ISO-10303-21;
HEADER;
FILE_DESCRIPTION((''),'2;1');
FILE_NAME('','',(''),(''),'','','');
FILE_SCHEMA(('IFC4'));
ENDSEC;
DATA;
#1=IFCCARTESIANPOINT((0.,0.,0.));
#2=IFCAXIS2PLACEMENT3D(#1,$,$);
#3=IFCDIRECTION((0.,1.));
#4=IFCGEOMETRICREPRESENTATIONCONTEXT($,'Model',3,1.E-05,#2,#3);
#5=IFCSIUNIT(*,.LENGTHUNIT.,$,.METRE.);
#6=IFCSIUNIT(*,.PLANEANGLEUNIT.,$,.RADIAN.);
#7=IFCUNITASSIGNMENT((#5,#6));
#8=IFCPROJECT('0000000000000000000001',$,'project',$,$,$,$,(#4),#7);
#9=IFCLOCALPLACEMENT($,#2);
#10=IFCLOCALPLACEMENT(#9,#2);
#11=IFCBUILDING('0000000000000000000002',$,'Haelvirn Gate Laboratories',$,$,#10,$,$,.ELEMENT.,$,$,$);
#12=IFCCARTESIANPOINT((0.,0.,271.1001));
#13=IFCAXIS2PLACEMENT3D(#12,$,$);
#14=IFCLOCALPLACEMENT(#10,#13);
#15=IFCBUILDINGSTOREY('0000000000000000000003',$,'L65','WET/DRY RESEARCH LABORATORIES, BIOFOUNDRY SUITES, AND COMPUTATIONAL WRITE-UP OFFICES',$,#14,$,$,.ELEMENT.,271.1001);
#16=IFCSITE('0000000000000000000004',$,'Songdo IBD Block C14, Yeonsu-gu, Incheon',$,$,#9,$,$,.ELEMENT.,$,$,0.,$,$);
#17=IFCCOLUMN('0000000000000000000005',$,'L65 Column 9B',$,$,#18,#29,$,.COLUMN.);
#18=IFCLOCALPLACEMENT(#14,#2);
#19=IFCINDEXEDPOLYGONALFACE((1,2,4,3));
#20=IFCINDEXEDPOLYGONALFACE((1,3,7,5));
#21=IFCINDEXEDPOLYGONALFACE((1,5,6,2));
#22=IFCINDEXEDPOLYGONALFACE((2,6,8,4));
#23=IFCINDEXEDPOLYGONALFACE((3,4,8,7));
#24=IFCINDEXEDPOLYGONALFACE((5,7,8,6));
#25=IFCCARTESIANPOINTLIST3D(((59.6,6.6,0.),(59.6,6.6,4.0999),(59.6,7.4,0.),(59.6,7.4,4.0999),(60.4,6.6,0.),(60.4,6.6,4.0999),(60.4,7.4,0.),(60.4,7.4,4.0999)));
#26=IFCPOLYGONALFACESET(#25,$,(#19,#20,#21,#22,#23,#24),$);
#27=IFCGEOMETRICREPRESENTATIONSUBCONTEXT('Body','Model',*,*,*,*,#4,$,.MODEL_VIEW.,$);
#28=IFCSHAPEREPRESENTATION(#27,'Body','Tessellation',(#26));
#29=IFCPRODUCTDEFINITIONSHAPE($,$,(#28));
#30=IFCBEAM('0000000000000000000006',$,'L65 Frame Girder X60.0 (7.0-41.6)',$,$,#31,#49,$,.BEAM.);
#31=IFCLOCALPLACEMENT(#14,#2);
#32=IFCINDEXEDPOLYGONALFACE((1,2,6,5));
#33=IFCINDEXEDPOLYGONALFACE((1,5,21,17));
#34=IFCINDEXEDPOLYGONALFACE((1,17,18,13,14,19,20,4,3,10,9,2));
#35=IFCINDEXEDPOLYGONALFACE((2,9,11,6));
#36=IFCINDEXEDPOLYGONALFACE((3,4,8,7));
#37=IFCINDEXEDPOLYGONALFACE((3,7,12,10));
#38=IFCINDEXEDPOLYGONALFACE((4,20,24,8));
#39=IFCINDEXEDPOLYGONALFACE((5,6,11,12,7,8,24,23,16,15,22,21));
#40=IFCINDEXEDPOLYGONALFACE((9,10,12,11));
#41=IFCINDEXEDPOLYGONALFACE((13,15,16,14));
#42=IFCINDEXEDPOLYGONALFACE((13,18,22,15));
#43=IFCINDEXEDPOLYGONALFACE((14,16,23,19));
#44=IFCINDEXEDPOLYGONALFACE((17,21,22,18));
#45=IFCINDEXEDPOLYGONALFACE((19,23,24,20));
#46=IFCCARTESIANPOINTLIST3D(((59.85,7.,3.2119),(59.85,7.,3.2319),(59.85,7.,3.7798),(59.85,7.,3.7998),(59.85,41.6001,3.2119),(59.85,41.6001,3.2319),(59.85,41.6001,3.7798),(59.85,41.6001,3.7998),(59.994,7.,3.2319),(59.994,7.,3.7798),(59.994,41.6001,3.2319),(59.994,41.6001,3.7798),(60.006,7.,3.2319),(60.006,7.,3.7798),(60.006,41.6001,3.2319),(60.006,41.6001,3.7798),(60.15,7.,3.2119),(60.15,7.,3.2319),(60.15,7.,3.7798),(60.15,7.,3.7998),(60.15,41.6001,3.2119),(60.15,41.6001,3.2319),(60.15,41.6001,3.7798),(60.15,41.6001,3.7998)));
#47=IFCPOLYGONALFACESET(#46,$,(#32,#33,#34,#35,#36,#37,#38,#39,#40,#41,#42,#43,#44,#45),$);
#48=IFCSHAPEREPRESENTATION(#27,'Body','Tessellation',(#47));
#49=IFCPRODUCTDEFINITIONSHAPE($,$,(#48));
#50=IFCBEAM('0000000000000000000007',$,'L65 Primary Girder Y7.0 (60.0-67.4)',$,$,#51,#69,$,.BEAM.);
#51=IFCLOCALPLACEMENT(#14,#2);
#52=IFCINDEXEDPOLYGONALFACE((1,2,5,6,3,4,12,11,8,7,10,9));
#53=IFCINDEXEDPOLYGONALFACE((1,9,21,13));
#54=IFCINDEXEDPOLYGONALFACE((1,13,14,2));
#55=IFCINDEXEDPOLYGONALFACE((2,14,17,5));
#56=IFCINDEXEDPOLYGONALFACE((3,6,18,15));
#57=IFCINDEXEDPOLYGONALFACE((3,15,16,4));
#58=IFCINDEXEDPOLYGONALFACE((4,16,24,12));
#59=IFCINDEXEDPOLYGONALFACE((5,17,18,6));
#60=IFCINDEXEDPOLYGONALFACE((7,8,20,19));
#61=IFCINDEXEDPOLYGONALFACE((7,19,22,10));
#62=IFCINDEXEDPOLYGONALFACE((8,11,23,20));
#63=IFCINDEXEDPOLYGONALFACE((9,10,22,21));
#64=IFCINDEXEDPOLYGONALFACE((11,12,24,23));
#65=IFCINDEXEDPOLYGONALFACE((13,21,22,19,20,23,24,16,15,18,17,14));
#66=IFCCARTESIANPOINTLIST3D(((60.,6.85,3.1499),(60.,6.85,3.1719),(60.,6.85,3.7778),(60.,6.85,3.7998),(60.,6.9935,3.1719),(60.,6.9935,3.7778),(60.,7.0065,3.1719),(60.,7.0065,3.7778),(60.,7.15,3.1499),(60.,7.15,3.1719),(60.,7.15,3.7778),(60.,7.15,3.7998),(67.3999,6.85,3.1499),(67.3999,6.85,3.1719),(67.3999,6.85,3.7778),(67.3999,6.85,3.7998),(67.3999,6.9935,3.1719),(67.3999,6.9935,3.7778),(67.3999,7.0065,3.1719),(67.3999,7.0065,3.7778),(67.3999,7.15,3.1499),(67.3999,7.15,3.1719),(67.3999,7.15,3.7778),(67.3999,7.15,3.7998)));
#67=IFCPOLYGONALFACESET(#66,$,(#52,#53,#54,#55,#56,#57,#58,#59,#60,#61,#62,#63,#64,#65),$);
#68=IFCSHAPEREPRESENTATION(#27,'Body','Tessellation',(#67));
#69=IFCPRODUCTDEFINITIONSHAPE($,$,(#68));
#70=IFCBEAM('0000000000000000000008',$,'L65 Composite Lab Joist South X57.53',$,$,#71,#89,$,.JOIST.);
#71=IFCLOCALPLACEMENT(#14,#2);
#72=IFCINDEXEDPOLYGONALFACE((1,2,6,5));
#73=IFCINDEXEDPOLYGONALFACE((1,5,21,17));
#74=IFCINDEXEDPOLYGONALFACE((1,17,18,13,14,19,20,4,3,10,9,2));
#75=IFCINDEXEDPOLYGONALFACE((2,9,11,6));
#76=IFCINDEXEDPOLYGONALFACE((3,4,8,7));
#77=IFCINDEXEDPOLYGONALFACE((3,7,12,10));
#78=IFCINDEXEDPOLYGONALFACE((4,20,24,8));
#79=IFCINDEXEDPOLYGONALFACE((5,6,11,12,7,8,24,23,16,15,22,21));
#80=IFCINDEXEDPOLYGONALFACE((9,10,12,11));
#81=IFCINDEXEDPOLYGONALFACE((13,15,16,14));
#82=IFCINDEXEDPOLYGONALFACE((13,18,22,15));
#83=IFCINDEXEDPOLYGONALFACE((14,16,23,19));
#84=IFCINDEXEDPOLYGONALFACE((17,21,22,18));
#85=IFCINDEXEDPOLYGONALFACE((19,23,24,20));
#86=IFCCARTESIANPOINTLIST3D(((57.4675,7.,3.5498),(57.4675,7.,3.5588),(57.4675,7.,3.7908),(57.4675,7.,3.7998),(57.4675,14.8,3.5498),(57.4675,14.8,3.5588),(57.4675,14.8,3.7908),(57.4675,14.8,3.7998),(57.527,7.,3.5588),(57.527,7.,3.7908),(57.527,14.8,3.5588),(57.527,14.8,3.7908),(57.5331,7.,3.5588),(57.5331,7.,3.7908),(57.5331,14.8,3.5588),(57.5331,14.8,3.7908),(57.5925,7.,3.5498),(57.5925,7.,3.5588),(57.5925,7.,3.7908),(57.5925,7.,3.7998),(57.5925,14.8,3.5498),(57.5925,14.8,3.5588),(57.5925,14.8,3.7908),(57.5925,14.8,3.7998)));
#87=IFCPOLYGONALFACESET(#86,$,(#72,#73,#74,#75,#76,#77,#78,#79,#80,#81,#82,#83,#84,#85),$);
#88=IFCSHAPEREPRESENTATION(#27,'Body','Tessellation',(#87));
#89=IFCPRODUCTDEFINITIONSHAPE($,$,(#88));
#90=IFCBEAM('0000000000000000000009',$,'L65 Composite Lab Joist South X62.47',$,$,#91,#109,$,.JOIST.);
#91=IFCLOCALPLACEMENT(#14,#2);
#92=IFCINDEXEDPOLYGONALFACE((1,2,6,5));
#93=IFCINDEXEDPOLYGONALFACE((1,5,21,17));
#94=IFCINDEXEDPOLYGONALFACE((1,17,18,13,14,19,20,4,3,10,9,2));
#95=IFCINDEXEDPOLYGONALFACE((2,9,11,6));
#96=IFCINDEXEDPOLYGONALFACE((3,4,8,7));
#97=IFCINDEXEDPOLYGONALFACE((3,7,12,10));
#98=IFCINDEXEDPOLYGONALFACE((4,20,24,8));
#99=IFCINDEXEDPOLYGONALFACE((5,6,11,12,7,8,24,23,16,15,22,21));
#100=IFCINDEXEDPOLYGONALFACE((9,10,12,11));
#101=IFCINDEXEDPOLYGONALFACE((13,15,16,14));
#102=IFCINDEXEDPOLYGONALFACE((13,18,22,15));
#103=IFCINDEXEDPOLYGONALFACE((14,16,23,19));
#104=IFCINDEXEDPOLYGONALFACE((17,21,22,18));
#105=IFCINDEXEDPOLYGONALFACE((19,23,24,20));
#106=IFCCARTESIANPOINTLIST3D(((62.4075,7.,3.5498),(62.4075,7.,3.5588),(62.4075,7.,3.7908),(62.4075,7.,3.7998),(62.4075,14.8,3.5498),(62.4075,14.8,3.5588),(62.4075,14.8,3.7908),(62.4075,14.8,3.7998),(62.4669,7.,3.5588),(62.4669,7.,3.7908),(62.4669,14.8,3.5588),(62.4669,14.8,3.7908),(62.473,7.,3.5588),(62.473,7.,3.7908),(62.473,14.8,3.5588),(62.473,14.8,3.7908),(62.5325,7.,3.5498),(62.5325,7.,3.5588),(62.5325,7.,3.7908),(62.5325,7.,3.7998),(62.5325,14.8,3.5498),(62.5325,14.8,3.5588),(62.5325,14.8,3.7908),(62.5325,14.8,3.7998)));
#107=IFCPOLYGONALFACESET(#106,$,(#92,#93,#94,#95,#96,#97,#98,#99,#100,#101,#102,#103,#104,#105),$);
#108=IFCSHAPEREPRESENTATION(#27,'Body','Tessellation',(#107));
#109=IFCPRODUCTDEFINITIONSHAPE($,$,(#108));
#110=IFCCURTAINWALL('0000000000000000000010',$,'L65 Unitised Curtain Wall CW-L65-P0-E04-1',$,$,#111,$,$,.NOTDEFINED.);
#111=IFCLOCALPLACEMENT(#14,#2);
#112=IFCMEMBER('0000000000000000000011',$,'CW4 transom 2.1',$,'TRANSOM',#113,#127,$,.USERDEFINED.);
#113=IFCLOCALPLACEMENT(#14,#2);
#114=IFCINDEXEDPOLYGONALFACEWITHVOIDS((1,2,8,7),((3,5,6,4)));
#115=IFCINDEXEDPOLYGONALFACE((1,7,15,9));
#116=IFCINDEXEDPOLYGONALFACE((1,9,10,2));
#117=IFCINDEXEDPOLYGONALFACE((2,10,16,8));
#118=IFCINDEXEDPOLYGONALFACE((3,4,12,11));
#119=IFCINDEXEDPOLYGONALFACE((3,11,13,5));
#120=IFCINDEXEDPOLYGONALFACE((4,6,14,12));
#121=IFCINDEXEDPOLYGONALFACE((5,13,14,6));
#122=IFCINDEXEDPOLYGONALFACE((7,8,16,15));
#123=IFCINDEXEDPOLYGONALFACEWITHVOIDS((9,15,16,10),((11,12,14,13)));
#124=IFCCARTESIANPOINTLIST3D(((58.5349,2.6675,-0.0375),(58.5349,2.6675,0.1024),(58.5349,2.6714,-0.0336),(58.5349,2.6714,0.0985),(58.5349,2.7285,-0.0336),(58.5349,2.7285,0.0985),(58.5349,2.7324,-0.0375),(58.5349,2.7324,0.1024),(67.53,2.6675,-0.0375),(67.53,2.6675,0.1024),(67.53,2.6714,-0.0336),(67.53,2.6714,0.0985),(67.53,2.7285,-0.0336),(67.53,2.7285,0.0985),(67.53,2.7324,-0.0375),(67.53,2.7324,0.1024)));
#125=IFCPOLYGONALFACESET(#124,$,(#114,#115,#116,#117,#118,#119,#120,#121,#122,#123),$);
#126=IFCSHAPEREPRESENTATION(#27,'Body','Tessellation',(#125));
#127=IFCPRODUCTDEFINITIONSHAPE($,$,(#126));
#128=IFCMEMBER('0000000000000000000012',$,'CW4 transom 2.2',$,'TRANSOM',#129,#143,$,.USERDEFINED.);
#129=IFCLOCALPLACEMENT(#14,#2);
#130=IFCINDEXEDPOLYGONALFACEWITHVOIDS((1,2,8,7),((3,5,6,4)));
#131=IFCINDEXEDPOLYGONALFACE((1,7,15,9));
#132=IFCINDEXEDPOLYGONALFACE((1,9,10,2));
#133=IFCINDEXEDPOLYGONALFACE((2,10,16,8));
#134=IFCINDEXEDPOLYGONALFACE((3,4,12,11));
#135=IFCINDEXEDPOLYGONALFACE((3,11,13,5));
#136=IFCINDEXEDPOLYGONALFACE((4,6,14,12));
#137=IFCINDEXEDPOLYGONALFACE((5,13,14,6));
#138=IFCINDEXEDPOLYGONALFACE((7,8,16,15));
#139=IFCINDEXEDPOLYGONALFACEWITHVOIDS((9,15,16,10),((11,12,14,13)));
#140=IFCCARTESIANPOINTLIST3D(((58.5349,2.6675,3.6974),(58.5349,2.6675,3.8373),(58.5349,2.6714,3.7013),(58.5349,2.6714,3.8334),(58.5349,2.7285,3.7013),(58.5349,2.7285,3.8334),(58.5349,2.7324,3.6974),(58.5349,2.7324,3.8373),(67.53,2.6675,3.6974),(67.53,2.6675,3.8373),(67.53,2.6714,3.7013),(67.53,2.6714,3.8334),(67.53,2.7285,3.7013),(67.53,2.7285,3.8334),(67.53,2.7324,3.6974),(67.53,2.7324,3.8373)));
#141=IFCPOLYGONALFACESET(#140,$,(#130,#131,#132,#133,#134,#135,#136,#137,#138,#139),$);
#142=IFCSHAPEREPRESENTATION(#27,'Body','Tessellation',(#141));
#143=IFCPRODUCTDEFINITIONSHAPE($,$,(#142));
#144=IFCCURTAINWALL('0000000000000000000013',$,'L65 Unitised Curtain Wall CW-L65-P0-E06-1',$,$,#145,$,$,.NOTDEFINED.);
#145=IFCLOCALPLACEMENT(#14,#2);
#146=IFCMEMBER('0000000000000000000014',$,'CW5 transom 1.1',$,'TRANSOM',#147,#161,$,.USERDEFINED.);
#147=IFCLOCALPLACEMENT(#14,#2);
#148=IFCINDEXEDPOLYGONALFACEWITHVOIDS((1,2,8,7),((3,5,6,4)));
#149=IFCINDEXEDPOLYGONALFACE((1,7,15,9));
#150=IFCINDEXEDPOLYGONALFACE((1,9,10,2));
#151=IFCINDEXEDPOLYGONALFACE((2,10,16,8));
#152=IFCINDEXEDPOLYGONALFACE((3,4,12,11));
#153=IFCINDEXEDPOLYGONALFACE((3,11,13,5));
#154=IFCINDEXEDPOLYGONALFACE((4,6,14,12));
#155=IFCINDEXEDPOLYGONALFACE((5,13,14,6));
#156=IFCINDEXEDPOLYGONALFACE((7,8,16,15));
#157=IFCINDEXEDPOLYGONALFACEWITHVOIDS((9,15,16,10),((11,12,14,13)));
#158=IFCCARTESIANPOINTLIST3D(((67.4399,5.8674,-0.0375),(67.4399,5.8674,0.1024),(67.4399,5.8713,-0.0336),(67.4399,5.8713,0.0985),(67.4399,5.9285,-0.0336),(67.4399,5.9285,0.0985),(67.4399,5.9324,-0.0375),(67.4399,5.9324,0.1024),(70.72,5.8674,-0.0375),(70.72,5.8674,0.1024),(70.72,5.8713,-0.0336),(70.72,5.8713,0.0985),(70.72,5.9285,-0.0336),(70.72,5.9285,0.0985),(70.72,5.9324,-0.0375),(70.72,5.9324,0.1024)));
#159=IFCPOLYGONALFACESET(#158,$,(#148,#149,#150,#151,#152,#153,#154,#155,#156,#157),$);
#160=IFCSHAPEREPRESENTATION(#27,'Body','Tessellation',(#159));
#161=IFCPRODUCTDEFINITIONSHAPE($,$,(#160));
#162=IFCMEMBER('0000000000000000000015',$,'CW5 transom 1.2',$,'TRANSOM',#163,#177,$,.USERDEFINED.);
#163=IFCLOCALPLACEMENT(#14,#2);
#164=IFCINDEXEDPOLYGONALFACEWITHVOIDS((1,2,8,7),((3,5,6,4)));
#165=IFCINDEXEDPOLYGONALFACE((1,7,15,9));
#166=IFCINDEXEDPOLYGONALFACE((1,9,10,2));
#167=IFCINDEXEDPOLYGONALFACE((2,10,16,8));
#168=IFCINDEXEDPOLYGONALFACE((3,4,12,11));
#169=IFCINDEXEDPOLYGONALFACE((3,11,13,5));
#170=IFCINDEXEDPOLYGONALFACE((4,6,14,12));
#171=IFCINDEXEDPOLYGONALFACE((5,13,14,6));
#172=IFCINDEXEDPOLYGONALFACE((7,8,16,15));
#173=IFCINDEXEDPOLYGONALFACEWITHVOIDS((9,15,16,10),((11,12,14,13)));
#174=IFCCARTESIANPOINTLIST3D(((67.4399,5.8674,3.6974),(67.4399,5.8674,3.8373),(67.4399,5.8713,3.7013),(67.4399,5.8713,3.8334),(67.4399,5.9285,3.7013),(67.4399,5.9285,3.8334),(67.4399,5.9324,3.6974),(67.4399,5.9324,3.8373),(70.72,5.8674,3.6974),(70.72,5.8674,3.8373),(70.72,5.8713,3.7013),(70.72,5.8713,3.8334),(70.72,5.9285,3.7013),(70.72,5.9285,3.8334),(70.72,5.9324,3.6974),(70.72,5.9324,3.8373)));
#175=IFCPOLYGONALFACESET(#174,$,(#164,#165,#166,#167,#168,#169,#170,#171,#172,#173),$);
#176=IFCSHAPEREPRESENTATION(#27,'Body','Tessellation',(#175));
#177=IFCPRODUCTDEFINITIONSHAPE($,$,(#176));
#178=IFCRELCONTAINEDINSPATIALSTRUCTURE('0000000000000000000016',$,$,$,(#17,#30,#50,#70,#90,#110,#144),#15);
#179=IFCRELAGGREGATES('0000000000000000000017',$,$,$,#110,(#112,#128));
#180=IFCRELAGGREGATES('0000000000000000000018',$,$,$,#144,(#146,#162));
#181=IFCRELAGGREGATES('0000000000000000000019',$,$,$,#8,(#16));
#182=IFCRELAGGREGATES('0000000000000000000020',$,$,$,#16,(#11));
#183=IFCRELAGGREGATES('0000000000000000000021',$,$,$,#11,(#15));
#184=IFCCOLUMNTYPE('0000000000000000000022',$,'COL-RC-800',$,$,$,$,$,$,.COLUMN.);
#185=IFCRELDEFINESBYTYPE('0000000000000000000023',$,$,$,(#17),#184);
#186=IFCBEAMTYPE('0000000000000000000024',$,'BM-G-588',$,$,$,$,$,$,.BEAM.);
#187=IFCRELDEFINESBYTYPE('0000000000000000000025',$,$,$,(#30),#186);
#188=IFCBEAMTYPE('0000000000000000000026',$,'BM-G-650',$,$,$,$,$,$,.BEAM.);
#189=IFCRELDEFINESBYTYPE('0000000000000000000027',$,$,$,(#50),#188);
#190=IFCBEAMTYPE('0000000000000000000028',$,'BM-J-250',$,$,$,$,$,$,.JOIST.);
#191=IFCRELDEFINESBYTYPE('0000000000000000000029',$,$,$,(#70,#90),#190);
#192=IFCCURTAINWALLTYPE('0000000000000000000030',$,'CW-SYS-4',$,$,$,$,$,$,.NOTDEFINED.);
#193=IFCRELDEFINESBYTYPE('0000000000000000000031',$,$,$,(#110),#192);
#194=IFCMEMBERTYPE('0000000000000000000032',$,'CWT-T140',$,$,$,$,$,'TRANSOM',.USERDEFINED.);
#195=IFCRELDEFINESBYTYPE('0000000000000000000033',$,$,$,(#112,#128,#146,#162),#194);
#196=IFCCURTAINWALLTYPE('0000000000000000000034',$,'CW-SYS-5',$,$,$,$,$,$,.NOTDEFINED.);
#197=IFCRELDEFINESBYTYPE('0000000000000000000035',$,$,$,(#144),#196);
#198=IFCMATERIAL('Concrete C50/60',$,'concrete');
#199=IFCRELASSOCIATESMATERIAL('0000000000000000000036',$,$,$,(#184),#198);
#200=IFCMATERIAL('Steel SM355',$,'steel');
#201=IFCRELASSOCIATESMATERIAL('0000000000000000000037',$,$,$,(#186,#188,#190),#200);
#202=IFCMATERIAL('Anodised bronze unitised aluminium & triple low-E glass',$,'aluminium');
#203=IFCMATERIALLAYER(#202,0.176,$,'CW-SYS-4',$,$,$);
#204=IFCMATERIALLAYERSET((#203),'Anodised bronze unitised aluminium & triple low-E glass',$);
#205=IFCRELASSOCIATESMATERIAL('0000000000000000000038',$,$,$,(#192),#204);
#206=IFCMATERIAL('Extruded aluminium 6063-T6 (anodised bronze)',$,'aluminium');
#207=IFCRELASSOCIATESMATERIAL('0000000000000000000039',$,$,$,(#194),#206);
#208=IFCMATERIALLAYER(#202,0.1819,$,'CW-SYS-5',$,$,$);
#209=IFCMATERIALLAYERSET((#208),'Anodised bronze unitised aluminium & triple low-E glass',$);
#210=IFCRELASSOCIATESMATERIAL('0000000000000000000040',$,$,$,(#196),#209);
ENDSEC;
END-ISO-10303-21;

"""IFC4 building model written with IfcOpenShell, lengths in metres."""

from ifc_helpers import new_model, si_unit, direction, frame, origin, origin_2d, place, context, subcontext, project, spatial, rectangle, hollow_rectangle, i_section, extrude, source, transform, mapped, material, layer, layer_set, material_profile, profile_set, type_object, type_shapes, element, aggregate, save


model = new_model("IFC4")

# Units and contexts
model_context = context("Model", 3, precision=1e-05, world=origin(), true_north=direction((0.0, 1.0)))
body_context = subcontext(model_context, "Body", "Model", "MODEL_VIEW")
ifc_project = project(units=[si_unit("LENGTHUNIT", "METRE"), si_unit("PLANEANGLEUNIT", "RADIAN")], contexts=[model_context])

# Site, building, storey
site_placement = place(None, origin())
site = spatial("IfcSite", under=ifc_project, at=site_placement, Name="Songdo IBD Block C14, Yeonsu-gu, Incheon", CompositionType="ELEMENT", RefElevation=0.0)
building_placement = place(site_placement, origin())
building = spatial("IfcBuilding", under=site, at=building_placement, Name="Haelvirn Gate Laboratories", CompositionType="ELEMENT")
storey_placement = place(building_placement, frame((0.0, 0.0, 271.1001)))
storey = spatial("IfcBuildingStorey", under=building, at=storey_placement, Name="L65", Description="WET/DRY RESEARCH LABORATORIES, BIOFOUNDRY SUITES, AND COMPUTATIONAL WRITE-UP OFFICES", CompositionType="ELEMENT", Elevation=271.1001)

# Column
ifc_material_1 = material(Name="Concrete C50/60", Category="concrete")
ifc_material_profile_1 = material_profile(ifc_material_1, rectangle(XDim=0.8, YDim=0.8, at=origin_2d()), Name="RC-800x800")
ifc_profile_set_1 = profile_set([ifc_material_profile_1], Name="Concrete C50/60")
column_type = type_object("IfcColumnType", Name="COL-RC-800", PredefinedType="COLUMN", material=ifc_profile_set_1)
shared_shape_1 = source(origin(), body_context, "Body", "SweptSolid", [
    extrude(rectangle(XDim=0.8, YDim=0.8, at=origin_2d()), origin(), (0.0, 0.0, 1.0), 4.0999),
])
type_shapes(column_type, [shared_shape_1])
column_placement = place(storey_placement, frame((60.0, 7.0, 0.0), z_axis=(0.0, 0.0, 1.0), x_axis=(1.0, 0.0, 0.0)))
element("IfcColumn", 1, at=column_placement, inside=storey, type_object=column_type, Name="L65 Column 9B", PredefinedType="COLUMN", context=body_context, shape_type="MappedRepresentation", body=[
    mapped(shared_shape_1, transform((0.0, 0.0, 0.0), scale=1.0)),
])

# Beams
ifc_material_2 = material(Name="Steel SM355", Category="steel")
ifc_material_profile_2 = material_profile(ifc_material_2, i_section(OverallWidth=0.3, OverallDepth=0.5879, WebThickness=0.012, FlangeThickness=0.02, at=origin_2d()), Name="H-588x300x12x20")
ifc_profile_set_2 = profile_set([ifc_material_profile_2], Name="Steel SM355")
beam_type_1 = type_object("IfcBeamType", Name="BM-G-588", PredefinedType="BEAM", material=ifc_profile_set_2)
shared_shape_2 = source(origin(), body_context, "Body", "SweptSolid", [
    extrude(i_section(OverallWidth=0.3, OverallDepth=0.5879, WebThickness=0.012, FlangeThickness=0.02, at=origin_2d()), origin(), (0.0, 0.0, 1.0), 34.6001),
])
type_shapes(beam_type_1, [shared_shape_2])
beam_1_placement = place(storey_placement, frame((60.0, 7.0, 3.5059), z_axis=(0.0, 1.0, 0.0), x_axis=(-1.0, 0.0, 0.0)))
element("IfcBeam", 2, at=beam_1_placement, inside=storey, type_object=beam_type_1, Name="L65 Frame Girder X60.0 (7.0-41.6)", PredefinedType="BEAM", context=body_context, shape_type="MappedRepresentation", body=[
    mapped(shared_shape_2, transform((0.0, 0.0, 0.0), scale=1.0)),
])
ifc_material_profile_3 = material_profile(ifc_material_2, i_section(OverallWidth=0.3, OverallDepth=0.6499, WebThickness=0.0129, FlangeThickness=0.022, at=origin_2d()), Name="H-650x300x13x22")
ifc_profile_set_3 = profile_set([ifc_material_profile_3], Name="Steel SM355")
beam_type_2 = type_object("IfcBeamType", Name="BM-G-650", PredefinedType="BEAM", material=ifc_profile_set_3)
shared_shape_3 = source(origin(), body_context, "Body", "SweptSolid", [
    extrude(i_section(OverallWidth=0.3, OverallDepth=0.6499, WebThickness=0.0129, FlangeThickness=0.022, at=origin_2d()), origin(), (0.0, 0.0, 1.0), 7.3999),
])
type_shapes(beam_type_2, [shared_shape_3])
beam_2_placement = place(storey_placement, frame((60.0, 7.0, 3.4749), z_axis=(1.0, 0.0, 0.0), x_axis=(0.0, 1.0, 0.0)))
element("IfcBeam", 3, at=beam_2_placement, inside=storey, type_object=beam_type_2, Name="L65 Primary Girder Y7.0 (60.0-67.4)", PredefinedType="BEAM", context=body_context, shape_type="MappedRepresentation", body=[
    mapped(shared_shape_3, transform((0.0, 0.0, 0.0), scale=1.0)),
])
ifc_material_profile_4 = material_profile(ifc_material_2, i_section(OverallWidth=0.125, OverallDepth=0.25, WebThickness=0.0061, FlangeThickness=0.009, at=origin_2d()), Name="H-250x125x6x9")
ifc_profile_set_4 = profile_set([ifc_material_profile_4], Name="Steel SM355")
beam_type_3 = type_object("IfcBeamType", Name="BM-J-250", PredefinedType="JOIST", material=ifc_profile_set_4)
shared_shape_4 = source(origin(), body_context, "Body", "SweptSolid", [
    extrude(i_section(OverallWidth=0.125, OverallDepth=0.25, WebThickness=0.0061, FlangeThickness=0.009, at=origin_2d()), origin(), (0.0, 0.0, 1.0), 7.8),
])
type_shapes(beam_type_3, [shared_shape_4])
for number, where, z_axis, x_axis, name in (
    (4, (57.53, 7.0, 3.6748), (0.0, 1.0, 0.0), (-1.0, 0.0, 0.0), "L65 Composite Lab Joist South X57.53"),
    (5, (62.47, 7.0, 3.6748), (0.0, 1.0, 0.0), (-1.0, 0.0, 0.0), "L65 Composite Lab Joist South X62.47"),
):
    element("IfcBeam", number, at=place(storey_placement, frame(where, z_axis=z_axis, x_axis=x_axis)), inside=storey, type_object=beam_type_3, Name=name, PredefinedType="JOIST", context=body_context, shape_type="MappedRepresentation", body=[
        mapped(shared_shape_4, transform((0.0, 0.0, 0.0), scale=1.0)),
    ])

# Curtain walls, members
ifc_material_3 = material(Name="Anodised bronze unitised aluminium & triple low-E glass", Category="aluminium")
ifc_layer_1 = layer(ifc_material_3, 0.176, Name="CW-SYS-4")
ifc_layer_set_1 = layer_set([ifc_layer_1], Name="Anodised bronze unitised aluminium & triple low-E glass")
curtain_wall_type_1 = type_object("IfcCurtainWallType", Name="CW-SYS-4", PredefinedType="NOTDEFINED", material=ifc_layer_set_1)
curtain_wall_1_placement = place(storey_placement, origin())
curtain_wall_1 = element("IfcCurtainWall", 6, at=curtain_wall_1_placement, inside=storey, type_object=curtain_wall_type_1, Name="L65 Unitised Curtain Wall CW-L65-P0-E04-1", PredefinedType="NOTDEFINED")
ifc_material_4 = material(Name="Extruded aluminium 6063-T6 (anodised bronze)", Category="aluminium")
ifc_material_profile_5 = material_profile(ifc_material_4, hollow_rectangle(XDim=0.0649, YDim=0.1399, WallThickness=0.0039, at=origin_2d()), Name="CWT-140x65x4")
ifc_profile_set_5 = profile_set([ifc_material_profile_5], Name="Extruded aluminium 6063-T6 (anodised bronze)")
member_type_1 = type_object("IfcMemberType", Name="CWT-T140", ElementType="TRANSOM", PredefinedType="USERDEFINED", material=ifc_profile_set_5)
shared_shape_5 = source(origin(), body_context, "Body", "SweptSolid", [
    extrude(hollow_rectangle(XDim=0.0649, YDim=0.1399, WallThickness=0.0039, at=origin_2d()), origin(), (0.0, 0.0, 1.0), 8.9951),
])
member_1_placement = place(storey_placement, frame((58.5349, 2.7, 0.0325), z_axis=(1.0, 0.0, 0.0), x_axis=(0.0, 1.0, 0.0)))
member_1 = element("IfcMember", 7, at=member_1_placement, type_object=member_type_1, Name="CW4 transom 2.1", ObjectType="TRANSOM", PredefinedType="USERDEFINED", context=body_context, shape_type="MappedRepresentation", body=[
    mapped(shared_shape_5, transform((0.0, 0.0, 0.0), scale=1.0)),
])
member_2_placement = place(storey_placement, frame((58.5349, 2.7, 3.7673), z_axis=(1.0, 0.0, 0.0), x_axis=(0.0, 1.0, 0.0)))
member_2 = element("IfcMember", 8, at=member_2_placement, type_object=member_type_1, Name="CW4 transom 2.2", ObjectType="TRANSOM", PredefinedType="USERDEFINED", context=body_context, shape_type="MappedRepresentation", body=[
    mapped(shared_shape_5, transform((0.0, 0.0, 0.0), scale=1.0)),
])
ifc_layer_2 = layer(ifc_material_3, 0.1819, Name="CW-SYS-5")
ifc_layer_set_2 = layer_set([ifc_layer_2], Name="Anodised bronze unitised aluminium & triple low-E glass")
curtain_wall_type_2 = type_object("IfcCurtainWallType", Name="CW-SYS-5", PredefinedType="NOTDEFINED", material=ifc_layer_set_2)
curtain_wall_2_placement = place(storey_placement, origin())
curtain_wall_2 = element("IfcCurtainWall", 9, at=curtain_wall_2_placement, inside=storey, type_object=curtain_wall_type_2, Name="L65 Unitised Curtain Wall CW-L65-P0-E06-1", PredefinedType="NOTDEFINED")
shared_shape_6 = source(origin(), body_context, "Body", "SweptSolid", [
    extrude(hollow_rectangle(XDim=0.0649, YDim=0.1399, WallThickness=0.0039, at=origin_2d()), origin(), (0.0, 0.0, 1.0), 3.28),
])
member_3_placement = place(storey_placement, frame((67.4399, 5.8999, 0.0325), z_axis=(1.0, 0.0, 0.0), x_axis=(0.0, 1.0, 0.0)))
member_3 = element("IfcMember", 10, at=member_3_placement, type_object=member_type_1, Name="CW5 transom 1.1", ObjectType="TRANSOM", PredefinedType="USERDEFINED", context=body_context, shape_type="MappedRepresentation", body=[
    mapped(shared_shape_6, transform((0.0, 0.0, 0.0), scale=1.0)),
])
member_4_placement = place(storey_placement, frame((67.4399, 5.8999, 3.7673), z_axis=(1.0, 0.0, 0.0), x_axis=(0.0, 1.0, 0.0)))
member_4 = element("IfcMember", 11, at=member_4_placement, type_object=member_type_1, Name="CW5 transom 1.2", ObjectType="TRANSOM", PredefinedType="USERDEFINED", context=body_context, shape_type="MappedRepresentation", body=[
    mapped(shared_shape_6, transform((0.0, 0.0, 0.0), scale=1.0)),
])

aggregate(curtain_wall_1, [member_1, member_2])
aggregate(curtain_wall_2, [member_3, member_4])

save(model, "model.ifc")
